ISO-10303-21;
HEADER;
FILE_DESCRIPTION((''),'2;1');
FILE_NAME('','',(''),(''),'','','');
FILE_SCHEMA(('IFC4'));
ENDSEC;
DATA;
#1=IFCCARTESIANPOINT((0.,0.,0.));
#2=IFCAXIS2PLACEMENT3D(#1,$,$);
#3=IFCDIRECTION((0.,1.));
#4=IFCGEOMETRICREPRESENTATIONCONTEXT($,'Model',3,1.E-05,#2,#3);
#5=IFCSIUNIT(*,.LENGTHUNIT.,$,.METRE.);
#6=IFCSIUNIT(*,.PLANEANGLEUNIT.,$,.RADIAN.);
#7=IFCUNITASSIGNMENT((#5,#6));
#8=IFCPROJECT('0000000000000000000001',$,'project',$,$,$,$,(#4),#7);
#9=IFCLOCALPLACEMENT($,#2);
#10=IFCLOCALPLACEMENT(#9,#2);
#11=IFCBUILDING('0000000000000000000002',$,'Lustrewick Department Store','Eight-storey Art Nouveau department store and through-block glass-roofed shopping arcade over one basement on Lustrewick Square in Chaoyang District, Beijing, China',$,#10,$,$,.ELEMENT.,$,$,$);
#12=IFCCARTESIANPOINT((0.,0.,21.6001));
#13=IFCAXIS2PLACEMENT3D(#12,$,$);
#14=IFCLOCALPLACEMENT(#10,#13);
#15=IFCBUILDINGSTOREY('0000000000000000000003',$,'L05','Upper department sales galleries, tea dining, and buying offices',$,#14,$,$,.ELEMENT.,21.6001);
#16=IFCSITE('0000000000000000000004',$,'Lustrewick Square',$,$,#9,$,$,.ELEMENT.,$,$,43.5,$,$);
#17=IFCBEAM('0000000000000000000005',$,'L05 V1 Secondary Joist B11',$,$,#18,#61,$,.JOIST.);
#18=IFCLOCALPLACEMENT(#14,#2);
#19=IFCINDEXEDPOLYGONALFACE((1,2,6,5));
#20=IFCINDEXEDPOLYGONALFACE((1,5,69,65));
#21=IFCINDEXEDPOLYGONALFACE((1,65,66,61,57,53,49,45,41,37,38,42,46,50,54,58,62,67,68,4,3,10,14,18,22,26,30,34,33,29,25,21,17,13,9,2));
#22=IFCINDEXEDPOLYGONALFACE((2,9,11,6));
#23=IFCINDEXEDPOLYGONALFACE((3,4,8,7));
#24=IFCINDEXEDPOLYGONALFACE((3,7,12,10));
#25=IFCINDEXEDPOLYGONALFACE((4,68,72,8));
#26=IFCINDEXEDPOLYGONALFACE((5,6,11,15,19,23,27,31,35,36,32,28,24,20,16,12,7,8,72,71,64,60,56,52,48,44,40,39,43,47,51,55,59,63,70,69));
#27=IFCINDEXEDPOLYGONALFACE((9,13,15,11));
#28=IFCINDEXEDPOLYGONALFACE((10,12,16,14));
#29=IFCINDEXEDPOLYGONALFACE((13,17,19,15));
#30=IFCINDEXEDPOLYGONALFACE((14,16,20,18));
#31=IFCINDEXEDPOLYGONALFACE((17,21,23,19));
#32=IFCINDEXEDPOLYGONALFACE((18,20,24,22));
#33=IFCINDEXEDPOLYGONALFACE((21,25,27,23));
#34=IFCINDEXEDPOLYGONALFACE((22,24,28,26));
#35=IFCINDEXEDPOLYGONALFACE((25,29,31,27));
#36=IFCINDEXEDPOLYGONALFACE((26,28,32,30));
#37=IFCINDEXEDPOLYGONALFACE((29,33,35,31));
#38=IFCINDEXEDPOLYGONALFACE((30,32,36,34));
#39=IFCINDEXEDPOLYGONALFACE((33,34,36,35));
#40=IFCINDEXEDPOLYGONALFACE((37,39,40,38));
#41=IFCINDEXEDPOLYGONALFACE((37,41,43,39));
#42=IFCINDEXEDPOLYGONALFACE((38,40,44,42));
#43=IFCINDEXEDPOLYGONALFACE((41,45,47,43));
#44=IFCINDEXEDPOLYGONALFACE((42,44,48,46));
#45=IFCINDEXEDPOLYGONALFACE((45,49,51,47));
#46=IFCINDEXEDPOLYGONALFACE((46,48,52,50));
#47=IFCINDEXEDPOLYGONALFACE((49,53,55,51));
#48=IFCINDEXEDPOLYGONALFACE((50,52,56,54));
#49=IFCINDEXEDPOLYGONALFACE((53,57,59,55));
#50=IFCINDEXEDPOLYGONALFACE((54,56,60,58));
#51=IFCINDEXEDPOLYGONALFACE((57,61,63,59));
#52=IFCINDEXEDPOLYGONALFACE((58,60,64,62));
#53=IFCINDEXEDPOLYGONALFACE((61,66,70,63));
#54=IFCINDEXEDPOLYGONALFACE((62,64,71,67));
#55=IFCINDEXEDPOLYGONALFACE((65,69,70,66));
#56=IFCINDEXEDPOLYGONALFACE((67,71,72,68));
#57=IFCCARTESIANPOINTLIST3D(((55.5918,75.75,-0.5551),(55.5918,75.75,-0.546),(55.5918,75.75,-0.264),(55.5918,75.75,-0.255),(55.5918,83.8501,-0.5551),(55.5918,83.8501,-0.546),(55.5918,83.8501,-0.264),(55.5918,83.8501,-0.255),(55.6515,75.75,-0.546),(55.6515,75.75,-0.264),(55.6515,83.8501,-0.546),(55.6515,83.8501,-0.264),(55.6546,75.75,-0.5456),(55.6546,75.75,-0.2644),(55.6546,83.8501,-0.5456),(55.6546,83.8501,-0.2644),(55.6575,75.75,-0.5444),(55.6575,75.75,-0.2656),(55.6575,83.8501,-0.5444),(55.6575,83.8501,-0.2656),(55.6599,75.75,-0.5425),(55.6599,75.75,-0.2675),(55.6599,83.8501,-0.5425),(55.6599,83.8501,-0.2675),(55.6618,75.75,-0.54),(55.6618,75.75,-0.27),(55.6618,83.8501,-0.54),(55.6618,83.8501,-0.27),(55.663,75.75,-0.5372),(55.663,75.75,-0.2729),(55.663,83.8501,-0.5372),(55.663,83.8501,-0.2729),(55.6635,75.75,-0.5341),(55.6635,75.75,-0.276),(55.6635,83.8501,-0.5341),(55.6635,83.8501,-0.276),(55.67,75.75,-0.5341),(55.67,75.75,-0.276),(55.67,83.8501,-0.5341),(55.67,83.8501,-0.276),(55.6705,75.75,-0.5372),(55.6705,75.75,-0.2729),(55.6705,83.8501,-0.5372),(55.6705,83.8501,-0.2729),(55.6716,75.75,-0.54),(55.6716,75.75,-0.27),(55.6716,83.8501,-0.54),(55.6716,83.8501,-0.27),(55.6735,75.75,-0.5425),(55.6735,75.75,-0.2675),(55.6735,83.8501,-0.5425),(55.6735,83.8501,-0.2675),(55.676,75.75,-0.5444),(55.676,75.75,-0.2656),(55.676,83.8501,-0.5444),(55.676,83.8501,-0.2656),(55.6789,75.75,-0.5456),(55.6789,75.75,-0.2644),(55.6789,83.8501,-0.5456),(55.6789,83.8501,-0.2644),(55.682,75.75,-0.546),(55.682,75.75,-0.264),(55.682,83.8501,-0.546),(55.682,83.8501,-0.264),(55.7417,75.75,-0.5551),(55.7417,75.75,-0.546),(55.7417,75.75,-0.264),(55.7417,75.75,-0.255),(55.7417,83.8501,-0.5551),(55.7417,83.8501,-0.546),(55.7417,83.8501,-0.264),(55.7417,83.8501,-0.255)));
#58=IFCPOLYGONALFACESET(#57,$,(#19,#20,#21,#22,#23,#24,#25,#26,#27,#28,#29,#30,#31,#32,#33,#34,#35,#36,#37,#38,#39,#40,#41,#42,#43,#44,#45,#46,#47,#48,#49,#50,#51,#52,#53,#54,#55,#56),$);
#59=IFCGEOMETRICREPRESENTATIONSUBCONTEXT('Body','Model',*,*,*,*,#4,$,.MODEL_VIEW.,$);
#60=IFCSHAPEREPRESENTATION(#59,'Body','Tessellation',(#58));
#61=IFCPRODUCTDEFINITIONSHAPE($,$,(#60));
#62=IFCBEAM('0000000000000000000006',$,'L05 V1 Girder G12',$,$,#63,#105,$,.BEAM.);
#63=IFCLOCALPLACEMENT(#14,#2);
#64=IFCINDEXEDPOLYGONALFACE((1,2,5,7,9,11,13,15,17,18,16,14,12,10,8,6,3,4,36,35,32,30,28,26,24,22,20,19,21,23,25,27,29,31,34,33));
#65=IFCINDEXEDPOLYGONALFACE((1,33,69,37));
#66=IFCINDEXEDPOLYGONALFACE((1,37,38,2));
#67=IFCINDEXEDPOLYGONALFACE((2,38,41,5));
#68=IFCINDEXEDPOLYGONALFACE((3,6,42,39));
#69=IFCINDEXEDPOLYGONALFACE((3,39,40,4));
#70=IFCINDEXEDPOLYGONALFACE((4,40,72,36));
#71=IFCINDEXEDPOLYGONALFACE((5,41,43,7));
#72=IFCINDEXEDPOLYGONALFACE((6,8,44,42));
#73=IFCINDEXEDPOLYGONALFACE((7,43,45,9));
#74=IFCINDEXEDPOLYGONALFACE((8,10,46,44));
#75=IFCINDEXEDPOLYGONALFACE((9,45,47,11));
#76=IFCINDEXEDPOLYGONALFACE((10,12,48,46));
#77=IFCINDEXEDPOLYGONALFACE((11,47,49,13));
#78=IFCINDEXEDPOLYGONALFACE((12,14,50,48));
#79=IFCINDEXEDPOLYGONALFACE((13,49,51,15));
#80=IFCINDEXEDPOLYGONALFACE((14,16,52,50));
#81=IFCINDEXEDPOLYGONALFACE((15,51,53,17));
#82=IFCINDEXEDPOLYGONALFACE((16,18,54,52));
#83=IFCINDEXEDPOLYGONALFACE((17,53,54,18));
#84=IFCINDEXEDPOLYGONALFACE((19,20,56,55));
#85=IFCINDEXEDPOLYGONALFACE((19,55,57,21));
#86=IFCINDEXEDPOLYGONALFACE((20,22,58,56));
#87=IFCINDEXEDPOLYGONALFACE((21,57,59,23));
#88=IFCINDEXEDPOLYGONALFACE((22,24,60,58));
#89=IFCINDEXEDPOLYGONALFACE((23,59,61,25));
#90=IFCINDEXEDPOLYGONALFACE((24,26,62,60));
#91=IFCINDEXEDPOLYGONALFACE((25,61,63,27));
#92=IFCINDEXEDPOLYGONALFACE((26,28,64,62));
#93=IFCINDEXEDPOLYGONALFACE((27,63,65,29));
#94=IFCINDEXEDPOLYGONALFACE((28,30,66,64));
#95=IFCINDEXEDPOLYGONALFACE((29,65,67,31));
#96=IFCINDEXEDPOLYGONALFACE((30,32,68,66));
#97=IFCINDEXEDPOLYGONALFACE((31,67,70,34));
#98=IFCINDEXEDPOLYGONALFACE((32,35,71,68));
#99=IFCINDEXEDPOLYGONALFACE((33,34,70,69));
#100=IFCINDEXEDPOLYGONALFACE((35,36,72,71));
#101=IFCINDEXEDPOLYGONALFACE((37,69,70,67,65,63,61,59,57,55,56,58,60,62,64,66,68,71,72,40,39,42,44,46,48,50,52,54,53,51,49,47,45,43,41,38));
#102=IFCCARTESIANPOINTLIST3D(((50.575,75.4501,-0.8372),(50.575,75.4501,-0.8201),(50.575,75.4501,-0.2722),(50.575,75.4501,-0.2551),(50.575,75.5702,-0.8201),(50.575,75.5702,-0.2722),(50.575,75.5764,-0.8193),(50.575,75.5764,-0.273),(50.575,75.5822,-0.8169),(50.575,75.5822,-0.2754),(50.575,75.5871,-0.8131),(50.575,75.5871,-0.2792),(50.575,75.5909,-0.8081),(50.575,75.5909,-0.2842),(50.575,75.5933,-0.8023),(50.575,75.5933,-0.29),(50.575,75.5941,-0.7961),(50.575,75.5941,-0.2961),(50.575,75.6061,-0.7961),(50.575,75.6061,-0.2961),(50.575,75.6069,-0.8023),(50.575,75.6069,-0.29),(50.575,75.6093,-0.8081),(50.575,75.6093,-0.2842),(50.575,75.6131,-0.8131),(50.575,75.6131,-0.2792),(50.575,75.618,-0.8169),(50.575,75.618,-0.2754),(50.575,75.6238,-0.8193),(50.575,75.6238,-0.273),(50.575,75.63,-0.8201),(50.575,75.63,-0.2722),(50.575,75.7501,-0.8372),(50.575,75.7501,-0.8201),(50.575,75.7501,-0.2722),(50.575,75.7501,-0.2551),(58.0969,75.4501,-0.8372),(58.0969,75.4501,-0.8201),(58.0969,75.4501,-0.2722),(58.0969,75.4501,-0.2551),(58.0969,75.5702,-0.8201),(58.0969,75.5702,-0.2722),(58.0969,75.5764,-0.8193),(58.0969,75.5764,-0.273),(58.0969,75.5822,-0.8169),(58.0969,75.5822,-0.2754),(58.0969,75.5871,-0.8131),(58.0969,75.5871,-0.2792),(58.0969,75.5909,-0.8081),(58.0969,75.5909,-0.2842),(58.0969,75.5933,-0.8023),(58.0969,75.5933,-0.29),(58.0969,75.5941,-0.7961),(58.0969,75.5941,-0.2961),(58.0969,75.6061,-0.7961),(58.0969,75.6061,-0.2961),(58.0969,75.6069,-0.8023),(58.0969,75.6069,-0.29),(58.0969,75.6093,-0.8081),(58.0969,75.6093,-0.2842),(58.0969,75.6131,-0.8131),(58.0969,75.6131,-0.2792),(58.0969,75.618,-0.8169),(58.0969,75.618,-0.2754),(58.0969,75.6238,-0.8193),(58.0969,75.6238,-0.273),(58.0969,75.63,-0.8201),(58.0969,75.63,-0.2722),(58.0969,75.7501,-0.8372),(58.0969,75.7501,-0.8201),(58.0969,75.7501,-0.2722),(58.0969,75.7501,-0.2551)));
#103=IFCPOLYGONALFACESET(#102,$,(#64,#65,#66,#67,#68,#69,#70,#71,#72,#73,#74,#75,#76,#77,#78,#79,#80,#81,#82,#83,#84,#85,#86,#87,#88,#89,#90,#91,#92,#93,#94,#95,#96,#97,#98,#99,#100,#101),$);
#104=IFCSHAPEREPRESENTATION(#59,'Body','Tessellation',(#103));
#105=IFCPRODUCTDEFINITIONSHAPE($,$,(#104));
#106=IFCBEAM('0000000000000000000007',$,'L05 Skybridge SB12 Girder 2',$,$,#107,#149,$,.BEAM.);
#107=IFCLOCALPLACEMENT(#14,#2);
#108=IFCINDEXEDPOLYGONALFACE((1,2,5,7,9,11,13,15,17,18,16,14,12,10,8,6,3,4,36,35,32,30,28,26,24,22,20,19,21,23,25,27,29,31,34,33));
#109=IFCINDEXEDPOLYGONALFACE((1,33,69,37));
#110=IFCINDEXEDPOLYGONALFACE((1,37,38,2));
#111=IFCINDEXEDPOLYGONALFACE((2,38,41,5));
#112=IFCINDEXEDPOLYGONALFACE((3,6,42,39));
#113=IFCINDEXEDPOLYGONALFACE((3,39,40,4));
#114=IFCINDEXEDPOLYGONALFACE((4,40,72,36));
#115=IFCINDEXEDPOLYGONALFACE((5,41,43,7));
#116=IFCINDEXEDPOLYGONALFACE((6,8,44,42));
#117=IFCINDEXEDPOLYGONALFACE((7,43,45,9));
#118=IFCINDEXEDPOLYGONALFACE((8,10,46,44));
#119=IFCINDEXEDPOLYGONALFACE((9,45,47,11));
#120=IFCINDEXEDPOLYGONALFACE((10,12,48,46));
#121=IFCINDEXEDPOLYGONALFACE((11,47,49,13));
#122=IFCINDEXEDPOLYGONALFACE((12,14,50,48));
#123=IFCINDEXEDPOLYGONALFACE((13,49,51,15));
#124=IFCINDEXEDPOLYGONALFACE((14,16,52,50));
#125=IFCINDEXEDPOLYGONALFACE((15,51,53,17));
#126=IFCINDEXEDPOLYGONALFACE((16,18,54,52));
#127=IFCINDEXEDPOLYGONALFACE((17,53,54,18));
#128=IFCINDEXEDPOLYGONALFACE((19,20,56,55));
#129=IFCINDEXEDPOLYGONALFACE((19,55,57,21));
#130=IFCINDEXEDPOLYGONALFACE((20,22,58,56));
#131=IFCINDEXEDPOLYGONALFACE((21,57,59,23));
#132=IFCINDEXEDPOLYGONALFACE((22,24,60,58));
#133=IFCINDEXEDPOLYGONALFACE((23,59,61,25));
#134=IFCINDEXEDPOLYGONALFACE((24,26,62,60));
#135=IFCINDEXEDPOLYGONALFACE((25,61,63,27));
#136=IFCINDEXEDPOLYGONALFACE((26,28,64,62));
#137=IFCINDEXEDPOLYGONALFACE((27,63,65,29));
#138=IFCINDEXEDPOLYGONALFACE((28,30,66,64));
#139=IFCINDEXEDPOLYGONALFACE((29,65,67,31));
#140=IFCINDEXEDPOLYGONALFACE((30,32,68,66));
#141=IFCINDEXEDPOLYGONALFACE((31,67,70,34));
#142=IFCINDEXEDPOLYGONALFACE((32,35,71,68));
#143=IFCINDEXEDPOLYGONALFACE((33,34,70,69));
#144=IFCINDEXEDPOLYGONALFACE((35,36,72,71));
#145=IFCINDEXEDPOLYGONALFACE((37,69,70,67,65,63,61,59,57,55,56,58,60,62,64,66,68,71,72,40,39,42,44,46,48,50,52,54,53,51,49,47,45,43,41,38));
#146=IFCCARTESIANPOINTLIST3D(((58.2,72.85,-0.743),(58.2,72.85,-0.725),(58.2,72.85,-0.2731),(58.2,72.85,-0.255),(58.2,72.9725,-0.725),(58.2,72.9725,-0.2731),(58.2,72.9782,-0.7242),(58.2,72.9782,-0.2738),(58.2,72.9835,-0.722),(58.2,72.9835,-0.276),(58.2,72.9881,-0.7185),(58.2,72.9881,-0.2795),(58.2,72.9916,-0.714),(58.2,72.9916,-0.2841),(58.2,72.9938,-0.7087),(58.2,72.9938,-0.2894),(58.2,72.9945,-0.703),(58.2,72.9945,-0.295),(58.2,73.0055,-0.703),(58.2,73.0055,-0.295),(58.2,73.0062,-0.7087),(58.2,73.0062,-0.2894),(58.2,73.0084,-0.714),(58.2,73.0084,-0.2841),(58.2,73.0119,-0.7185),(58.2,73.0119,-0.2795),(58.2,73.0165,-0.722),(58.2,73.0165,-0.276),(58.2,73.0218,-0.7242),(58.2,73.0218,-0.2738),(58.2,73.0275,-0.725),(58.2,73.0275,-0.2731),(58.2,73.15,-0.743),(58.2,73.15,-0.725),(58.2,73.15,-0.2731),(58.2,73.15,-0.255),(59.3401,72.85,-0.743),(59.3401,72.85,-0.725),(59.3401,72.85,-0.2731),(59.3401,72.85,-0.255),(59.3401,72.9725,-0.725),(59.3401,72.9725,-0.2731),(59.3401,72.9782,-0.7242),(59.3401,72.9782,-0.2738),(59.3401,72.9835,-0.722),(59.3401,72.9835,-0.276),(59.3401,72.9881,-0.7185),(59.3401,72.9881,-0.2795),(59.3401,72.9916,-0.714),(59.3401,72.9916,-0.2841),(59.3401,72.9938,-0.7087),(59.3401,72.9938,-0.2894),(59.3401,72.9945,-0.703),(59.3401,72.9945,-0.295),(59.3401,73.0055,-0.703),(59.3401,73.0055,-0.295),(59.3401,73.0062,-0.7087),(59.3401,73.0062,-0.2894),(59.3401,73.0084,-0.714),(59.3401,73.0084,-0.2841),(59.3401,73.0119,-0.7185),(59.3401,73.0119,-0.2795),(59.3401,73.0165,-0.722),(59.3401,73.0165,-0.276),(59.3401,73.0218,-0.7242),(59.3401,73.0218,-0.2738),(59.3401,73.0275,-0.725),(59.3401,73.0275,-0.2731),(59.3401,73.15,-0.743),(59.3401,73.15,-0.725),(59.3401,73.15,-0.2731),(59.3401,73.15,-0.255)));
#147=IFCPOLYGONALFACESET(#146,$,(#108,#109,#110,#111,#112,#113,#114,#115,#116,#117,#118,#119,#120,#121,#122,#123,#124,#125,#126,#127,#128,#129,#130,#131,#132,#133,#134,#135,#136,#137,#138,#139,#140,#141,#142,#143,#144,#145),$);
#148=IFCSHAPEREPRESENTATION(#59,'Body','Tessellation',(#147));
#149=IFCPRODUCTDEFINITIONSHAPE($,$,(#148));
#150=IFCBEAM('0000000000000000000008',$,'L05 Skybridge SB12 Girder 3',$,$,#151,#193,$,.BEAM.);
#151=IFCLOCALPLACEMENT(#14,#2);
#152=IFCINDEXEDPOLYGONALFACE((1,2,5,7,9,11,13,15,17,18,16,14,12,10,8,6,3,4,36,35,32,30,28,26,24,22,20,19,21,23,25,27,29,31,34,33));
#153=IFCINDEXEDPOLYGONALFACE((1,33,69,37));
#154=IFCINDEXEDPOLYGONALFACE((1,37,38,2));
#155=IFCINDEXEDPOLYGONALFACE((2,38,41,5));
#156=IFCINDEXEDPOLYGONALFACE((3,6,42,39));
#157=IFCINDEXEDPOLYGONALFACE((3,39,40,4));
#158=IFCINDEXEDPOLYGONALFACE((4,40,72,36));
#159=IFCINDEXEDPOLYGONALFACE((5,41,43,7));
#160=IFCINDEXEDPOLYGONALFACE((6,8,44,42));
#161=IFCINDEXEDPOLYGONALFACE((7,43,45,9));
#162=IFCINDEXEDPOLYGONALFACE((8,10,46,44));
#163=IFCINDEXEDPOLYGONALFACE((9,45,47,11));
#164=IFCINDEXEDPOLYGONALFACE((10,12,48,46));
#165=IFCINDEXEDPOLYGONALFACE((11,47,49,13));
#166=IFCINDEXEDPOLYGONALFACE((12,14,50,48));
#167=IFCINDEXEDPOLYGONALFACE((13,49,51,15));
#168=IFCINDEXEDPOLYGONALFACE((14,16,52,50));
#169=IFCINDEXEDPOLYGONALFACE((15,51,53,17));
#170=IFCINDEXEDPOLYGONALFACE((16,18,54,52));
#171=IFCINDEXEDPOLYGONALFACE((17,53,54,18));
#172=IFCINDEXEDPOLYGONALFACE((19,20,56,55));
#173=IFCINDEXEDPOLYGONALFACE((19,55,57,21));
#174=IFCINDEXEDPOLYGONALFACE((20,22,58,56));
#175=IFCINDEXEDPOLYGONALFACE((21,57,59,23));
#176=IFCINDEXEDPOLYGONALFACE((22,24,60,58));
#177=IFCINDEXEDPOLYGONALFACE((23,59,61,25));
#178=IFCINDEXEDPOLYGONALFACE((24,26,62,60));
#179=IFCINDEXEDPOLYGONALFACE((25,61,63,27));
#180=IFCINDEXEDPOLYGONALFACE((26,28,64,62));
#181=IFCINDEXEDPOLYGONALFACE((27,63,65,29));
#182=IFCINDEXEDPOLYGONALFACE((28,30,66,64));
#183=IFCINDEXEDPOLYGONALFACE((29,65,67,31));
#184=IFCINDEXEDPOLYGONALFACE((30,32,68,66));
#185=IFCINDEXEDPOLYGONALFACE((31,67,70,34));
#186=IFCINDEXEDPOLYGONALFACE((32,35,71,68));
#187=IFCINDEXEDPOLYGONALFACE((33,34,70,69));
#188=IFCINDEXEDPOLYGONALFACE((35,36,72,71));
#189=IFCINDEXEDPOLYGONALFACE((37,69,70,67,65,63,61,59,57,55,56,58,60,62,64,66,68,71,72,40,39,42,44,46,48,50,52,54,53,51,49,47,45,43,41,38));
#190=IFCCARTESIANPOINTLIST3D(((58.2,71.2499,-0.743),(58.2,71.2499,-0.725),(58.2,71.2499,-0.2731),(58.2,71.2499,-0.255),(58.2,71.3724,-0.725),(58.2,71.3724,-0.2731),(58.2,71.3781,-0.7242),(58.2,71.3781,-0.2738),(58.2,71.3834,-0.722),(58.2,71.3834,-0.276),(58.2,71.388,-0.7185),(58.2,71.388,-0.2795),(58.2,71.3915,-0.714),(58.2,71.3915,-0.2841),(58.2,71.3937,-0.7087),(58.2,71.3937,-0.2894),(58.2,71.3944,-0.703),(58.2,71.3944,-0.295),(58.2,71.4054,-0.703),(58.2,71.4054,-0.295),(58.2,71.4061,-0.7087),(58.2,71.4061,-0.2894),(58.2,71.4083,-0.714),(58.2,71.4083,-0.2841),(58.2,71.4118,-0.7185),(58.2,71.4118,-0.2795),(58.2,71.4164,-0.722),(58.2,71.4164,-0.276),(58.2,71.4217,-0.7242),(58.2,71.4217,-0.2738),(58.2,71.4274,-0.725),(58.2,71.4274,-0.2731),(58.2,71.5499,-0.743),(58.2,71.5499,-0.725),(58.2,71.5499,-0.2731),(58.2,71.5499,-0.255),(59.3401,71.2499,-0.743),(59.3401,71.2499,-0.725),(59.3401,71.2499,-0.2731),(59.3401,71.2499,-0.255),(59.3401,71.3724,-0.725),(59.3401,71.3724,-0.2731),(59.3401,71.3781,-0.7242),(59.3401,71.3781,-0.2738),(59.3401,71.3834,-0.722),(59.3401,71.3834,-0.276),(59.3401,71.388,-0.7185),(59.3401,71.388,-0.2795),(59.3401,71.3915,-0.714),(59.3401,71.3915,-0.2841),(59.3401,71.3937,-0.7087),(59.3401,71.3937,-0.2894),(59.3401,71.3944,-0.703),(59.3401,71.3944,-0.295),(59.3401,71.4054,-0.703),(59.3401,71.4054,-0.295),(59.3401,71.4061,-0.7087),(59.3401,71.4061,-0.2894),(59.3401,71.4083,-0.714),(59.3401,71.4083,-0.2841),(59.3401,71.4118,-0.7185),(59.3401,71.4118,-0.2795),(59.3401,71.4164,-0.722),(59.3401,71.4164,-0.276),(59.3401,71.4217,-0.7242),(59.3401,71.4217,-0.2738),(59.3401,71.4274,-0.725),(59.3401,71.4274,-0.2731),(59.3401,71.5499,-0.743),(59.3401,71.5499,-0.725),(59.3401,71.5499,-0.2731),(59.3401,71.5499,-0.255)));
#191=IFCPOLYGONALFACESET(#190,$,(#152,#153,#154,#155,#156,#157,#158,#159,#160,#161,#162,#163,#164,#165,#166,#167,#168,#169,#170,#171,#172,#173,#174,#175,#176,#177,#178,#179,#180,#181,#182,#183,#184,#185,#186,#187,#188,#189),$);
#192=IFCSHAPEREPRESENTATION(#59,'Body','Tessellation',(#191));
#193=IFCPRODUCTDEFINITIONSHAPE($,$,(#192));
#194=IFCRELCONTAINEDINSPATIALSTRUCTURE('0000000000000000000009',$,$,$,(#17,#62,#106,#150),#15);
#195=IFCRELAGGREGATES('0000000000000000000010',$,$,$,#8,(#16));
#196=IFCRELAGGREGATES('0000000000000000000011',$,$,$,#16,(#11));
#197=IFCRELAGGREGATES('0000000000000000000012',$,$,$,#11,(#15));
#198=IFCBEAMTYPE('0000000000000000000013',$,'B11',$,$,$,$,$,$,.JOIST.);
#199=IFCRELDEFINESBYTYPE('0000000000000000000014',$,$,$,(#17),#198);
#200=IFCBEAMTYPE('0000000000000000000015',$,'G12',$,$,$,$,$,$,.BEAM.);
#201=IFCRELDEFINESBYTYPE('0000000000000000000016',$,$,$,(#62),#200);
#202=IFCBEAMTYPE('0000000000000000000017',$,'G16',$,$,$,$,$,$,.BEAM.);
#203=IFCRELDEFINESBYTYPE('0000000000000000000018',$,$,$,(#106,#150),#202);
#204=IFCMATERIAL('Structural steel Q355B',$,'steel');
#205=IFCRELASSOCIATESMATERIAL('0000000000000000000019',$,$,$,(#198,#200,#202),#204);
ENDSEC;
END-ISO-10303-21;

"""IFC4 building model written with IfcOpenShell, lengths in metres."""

from ifc_helpers import new_model, si_unit, direction, frame, origin, origin_2d, place, context, subcontext, project, spatial, i_section, extrude, material, material_profile, profile_set, type_object, element, save


model = new_model("IFC4")

# Units and contexts
model_context = context("Model", 3, precision=1e-05, world=origin(), true_north=direction((0.0, 1.0)))
body_context = subcontext(model_context, "Body", "Model", "MODEL_VIEW")
ifc_project = project(units=[si_unit("LENGTHUNIT", "METRE"), si_unit("PLANEANGLEUNIT", "RADIAN")], contexts=[model_context])

# Site, building, storey
site_placement = place(None, origin())
site = spatial("IfcSite", under=ifc_project, at=site_placement, Name="Lustrewick Square", CompositionType="ELEMENT", RefElevation=43.5)
building_placement = place(site_placement, origin())
building = spatial("IfcBuilding", under=site, at=building_placement, Name="Lustrewick Department Store", Description="Eight-storey Art Nouveau department store and through-block glass-roofed shopping arcade over one basement on Lustrewick Square in Chaoyang District, Beijing, China", CompositionType="ELEMENT")
storey_placement = place(building_placement, frame((0.0, 0.0, 21.6001)))
storey = spatial("IfcBuildingStorey", under=building, at=storey_placement, Name="L05", Description="Upper department sales galleries, tea dining, and buying offices", CompositionType="ELEMENT", Elevation=21.6001)

# Shared definitions
ifc_material_1 = material(Name="Structural steel Q355B", Category="steel")

# Beams
ifc_material_profile_1 = material_profile(ifc_material_1, i_section(OverallWidth=0.1499, OverallDepth=0.3, WebThickness=0.0066, FlangeThickness=0.009, FilletRadius=0.012, at=origin_2d()), Name="HN 300x150x6.5x9")
ifc_profile_set_1 = profile_set([ifc_material_profile_1], Name="Structural steel Q355B")
beam_type_1 = type_object("IfcBeamType", Name="B11", PredefinedType="JOIST", material=ifc_profile_set_1)
beam_1_placement = place(storey_placement, frame((55.6667, 75.75, -0.405), z_axis=(0.0, 1.0, 0.0), x_axis=(-1.0, 0.0, 0.0)))
element("IfcBeam", 1, at=beam_1_placement, inside=storey, type_object=beam_type_1, Name="L05 V1 Secondary Joist B11", PredefinedType="JOIST", context=body_context, shape_type="SweptSolid", body=[
    extrude(i_section(OverallWidth=0.1499, OverallDepth=0.3, WebThickness=0.0066, FlangeThickness=0.009, FilletRadius=0.012, at=origin_2d()), origin(), (0.0, 0.0, 1.0), 8.1001),
])
ifc_material_profile_2 = material_profile(ifc_material_1, i_section(OverallWidth=0.3, OverallDepth=0.582, WebThickness=0.012, FlangeThickness=0.0171, FilletRadius=0.0239, at=origin_2d()), Name="HM 582x300x12x17")
ifc_profile_set_2 = profile_set([ifc_material_profile_2], Name="Structural steel Q355B")
beam_type_2 = type_object("IfcBeamType", Name="G12", PredefinedType="BEAM", material=ifc_profile_set_2)
beam_2_placement = place(storey_placement, frame((50.575, 75.6001, -0.5461), z_axis=(1.0, 0.0, 0.0), x_axis=(0.0, 1.0, 0.0)))
element("IfcBeam", 2, at=beam_2_placement, inside=storey, type_object=beam_type_2, Name="L05 V1 Girder G12", PredefinedType="BEAM", context=body_context, shape_type="SweptSolid", body=[
    extrude(i_section(OverallWidth=0.3, OverallDepth=0.582, WebThickness=0.012, FlangeThickness=0.0171, FilletRadius=0.0239, at=origin_2d()), origin(), (0.0, 0.0, 1.0), 7.522),
])
ifc_material_profile_3 = material_profile(ifc_material_1, i_section(OverallWidth=0.3, OverallDepth=0.488, WebThickness=0.011, FlangeThickness=0.0181, FilletRadius=0.022, at=origin_2d()), Name="HM 488x300x11x18")
ifc_profile_set_3 = profile_set([ifc_material_profile_3], Name="Structural steel Q355B")
beam_type_3 = type_object("IfcBeamType", Name="G16", PredefinedType="BEAM", material=ifc_profile_set_3)
for number, where, z_axis, x_axis, name in (
    (3, (58.2, 73.0, -0.499), (1.0, 0.0, 0.0), (0.0, 1.0, 0.0), "L05 Skybridge SB12 Girder 2"),
    (4, (58.2, 71.3999, -0.499), (1.0, 0.0, 0.0), (0.0, 1.0, 0.0), "L05 Skybridge SB12 Girder 3"),
):
    element("IfcBeam", number, at=place(storey_placement, frame(where, z_axis=z_axis, x_axis=x_axis)), inside=storey, type_object=beam_type_3, Name=name, PredefinedType="BEAM", context=body_context, shape_type="SweptSolid", body=[
        extrude(i_section(OverallWidth=0.3, OverallDepth=0.488, WebThickness=0.011, FlangeThickness=0.0181, FilletRadius=0.022, at=origin_2d()), origin(), (0.0, 0.0, 1.0), 1.1401),
    ])

save(model, "model.ifc")
